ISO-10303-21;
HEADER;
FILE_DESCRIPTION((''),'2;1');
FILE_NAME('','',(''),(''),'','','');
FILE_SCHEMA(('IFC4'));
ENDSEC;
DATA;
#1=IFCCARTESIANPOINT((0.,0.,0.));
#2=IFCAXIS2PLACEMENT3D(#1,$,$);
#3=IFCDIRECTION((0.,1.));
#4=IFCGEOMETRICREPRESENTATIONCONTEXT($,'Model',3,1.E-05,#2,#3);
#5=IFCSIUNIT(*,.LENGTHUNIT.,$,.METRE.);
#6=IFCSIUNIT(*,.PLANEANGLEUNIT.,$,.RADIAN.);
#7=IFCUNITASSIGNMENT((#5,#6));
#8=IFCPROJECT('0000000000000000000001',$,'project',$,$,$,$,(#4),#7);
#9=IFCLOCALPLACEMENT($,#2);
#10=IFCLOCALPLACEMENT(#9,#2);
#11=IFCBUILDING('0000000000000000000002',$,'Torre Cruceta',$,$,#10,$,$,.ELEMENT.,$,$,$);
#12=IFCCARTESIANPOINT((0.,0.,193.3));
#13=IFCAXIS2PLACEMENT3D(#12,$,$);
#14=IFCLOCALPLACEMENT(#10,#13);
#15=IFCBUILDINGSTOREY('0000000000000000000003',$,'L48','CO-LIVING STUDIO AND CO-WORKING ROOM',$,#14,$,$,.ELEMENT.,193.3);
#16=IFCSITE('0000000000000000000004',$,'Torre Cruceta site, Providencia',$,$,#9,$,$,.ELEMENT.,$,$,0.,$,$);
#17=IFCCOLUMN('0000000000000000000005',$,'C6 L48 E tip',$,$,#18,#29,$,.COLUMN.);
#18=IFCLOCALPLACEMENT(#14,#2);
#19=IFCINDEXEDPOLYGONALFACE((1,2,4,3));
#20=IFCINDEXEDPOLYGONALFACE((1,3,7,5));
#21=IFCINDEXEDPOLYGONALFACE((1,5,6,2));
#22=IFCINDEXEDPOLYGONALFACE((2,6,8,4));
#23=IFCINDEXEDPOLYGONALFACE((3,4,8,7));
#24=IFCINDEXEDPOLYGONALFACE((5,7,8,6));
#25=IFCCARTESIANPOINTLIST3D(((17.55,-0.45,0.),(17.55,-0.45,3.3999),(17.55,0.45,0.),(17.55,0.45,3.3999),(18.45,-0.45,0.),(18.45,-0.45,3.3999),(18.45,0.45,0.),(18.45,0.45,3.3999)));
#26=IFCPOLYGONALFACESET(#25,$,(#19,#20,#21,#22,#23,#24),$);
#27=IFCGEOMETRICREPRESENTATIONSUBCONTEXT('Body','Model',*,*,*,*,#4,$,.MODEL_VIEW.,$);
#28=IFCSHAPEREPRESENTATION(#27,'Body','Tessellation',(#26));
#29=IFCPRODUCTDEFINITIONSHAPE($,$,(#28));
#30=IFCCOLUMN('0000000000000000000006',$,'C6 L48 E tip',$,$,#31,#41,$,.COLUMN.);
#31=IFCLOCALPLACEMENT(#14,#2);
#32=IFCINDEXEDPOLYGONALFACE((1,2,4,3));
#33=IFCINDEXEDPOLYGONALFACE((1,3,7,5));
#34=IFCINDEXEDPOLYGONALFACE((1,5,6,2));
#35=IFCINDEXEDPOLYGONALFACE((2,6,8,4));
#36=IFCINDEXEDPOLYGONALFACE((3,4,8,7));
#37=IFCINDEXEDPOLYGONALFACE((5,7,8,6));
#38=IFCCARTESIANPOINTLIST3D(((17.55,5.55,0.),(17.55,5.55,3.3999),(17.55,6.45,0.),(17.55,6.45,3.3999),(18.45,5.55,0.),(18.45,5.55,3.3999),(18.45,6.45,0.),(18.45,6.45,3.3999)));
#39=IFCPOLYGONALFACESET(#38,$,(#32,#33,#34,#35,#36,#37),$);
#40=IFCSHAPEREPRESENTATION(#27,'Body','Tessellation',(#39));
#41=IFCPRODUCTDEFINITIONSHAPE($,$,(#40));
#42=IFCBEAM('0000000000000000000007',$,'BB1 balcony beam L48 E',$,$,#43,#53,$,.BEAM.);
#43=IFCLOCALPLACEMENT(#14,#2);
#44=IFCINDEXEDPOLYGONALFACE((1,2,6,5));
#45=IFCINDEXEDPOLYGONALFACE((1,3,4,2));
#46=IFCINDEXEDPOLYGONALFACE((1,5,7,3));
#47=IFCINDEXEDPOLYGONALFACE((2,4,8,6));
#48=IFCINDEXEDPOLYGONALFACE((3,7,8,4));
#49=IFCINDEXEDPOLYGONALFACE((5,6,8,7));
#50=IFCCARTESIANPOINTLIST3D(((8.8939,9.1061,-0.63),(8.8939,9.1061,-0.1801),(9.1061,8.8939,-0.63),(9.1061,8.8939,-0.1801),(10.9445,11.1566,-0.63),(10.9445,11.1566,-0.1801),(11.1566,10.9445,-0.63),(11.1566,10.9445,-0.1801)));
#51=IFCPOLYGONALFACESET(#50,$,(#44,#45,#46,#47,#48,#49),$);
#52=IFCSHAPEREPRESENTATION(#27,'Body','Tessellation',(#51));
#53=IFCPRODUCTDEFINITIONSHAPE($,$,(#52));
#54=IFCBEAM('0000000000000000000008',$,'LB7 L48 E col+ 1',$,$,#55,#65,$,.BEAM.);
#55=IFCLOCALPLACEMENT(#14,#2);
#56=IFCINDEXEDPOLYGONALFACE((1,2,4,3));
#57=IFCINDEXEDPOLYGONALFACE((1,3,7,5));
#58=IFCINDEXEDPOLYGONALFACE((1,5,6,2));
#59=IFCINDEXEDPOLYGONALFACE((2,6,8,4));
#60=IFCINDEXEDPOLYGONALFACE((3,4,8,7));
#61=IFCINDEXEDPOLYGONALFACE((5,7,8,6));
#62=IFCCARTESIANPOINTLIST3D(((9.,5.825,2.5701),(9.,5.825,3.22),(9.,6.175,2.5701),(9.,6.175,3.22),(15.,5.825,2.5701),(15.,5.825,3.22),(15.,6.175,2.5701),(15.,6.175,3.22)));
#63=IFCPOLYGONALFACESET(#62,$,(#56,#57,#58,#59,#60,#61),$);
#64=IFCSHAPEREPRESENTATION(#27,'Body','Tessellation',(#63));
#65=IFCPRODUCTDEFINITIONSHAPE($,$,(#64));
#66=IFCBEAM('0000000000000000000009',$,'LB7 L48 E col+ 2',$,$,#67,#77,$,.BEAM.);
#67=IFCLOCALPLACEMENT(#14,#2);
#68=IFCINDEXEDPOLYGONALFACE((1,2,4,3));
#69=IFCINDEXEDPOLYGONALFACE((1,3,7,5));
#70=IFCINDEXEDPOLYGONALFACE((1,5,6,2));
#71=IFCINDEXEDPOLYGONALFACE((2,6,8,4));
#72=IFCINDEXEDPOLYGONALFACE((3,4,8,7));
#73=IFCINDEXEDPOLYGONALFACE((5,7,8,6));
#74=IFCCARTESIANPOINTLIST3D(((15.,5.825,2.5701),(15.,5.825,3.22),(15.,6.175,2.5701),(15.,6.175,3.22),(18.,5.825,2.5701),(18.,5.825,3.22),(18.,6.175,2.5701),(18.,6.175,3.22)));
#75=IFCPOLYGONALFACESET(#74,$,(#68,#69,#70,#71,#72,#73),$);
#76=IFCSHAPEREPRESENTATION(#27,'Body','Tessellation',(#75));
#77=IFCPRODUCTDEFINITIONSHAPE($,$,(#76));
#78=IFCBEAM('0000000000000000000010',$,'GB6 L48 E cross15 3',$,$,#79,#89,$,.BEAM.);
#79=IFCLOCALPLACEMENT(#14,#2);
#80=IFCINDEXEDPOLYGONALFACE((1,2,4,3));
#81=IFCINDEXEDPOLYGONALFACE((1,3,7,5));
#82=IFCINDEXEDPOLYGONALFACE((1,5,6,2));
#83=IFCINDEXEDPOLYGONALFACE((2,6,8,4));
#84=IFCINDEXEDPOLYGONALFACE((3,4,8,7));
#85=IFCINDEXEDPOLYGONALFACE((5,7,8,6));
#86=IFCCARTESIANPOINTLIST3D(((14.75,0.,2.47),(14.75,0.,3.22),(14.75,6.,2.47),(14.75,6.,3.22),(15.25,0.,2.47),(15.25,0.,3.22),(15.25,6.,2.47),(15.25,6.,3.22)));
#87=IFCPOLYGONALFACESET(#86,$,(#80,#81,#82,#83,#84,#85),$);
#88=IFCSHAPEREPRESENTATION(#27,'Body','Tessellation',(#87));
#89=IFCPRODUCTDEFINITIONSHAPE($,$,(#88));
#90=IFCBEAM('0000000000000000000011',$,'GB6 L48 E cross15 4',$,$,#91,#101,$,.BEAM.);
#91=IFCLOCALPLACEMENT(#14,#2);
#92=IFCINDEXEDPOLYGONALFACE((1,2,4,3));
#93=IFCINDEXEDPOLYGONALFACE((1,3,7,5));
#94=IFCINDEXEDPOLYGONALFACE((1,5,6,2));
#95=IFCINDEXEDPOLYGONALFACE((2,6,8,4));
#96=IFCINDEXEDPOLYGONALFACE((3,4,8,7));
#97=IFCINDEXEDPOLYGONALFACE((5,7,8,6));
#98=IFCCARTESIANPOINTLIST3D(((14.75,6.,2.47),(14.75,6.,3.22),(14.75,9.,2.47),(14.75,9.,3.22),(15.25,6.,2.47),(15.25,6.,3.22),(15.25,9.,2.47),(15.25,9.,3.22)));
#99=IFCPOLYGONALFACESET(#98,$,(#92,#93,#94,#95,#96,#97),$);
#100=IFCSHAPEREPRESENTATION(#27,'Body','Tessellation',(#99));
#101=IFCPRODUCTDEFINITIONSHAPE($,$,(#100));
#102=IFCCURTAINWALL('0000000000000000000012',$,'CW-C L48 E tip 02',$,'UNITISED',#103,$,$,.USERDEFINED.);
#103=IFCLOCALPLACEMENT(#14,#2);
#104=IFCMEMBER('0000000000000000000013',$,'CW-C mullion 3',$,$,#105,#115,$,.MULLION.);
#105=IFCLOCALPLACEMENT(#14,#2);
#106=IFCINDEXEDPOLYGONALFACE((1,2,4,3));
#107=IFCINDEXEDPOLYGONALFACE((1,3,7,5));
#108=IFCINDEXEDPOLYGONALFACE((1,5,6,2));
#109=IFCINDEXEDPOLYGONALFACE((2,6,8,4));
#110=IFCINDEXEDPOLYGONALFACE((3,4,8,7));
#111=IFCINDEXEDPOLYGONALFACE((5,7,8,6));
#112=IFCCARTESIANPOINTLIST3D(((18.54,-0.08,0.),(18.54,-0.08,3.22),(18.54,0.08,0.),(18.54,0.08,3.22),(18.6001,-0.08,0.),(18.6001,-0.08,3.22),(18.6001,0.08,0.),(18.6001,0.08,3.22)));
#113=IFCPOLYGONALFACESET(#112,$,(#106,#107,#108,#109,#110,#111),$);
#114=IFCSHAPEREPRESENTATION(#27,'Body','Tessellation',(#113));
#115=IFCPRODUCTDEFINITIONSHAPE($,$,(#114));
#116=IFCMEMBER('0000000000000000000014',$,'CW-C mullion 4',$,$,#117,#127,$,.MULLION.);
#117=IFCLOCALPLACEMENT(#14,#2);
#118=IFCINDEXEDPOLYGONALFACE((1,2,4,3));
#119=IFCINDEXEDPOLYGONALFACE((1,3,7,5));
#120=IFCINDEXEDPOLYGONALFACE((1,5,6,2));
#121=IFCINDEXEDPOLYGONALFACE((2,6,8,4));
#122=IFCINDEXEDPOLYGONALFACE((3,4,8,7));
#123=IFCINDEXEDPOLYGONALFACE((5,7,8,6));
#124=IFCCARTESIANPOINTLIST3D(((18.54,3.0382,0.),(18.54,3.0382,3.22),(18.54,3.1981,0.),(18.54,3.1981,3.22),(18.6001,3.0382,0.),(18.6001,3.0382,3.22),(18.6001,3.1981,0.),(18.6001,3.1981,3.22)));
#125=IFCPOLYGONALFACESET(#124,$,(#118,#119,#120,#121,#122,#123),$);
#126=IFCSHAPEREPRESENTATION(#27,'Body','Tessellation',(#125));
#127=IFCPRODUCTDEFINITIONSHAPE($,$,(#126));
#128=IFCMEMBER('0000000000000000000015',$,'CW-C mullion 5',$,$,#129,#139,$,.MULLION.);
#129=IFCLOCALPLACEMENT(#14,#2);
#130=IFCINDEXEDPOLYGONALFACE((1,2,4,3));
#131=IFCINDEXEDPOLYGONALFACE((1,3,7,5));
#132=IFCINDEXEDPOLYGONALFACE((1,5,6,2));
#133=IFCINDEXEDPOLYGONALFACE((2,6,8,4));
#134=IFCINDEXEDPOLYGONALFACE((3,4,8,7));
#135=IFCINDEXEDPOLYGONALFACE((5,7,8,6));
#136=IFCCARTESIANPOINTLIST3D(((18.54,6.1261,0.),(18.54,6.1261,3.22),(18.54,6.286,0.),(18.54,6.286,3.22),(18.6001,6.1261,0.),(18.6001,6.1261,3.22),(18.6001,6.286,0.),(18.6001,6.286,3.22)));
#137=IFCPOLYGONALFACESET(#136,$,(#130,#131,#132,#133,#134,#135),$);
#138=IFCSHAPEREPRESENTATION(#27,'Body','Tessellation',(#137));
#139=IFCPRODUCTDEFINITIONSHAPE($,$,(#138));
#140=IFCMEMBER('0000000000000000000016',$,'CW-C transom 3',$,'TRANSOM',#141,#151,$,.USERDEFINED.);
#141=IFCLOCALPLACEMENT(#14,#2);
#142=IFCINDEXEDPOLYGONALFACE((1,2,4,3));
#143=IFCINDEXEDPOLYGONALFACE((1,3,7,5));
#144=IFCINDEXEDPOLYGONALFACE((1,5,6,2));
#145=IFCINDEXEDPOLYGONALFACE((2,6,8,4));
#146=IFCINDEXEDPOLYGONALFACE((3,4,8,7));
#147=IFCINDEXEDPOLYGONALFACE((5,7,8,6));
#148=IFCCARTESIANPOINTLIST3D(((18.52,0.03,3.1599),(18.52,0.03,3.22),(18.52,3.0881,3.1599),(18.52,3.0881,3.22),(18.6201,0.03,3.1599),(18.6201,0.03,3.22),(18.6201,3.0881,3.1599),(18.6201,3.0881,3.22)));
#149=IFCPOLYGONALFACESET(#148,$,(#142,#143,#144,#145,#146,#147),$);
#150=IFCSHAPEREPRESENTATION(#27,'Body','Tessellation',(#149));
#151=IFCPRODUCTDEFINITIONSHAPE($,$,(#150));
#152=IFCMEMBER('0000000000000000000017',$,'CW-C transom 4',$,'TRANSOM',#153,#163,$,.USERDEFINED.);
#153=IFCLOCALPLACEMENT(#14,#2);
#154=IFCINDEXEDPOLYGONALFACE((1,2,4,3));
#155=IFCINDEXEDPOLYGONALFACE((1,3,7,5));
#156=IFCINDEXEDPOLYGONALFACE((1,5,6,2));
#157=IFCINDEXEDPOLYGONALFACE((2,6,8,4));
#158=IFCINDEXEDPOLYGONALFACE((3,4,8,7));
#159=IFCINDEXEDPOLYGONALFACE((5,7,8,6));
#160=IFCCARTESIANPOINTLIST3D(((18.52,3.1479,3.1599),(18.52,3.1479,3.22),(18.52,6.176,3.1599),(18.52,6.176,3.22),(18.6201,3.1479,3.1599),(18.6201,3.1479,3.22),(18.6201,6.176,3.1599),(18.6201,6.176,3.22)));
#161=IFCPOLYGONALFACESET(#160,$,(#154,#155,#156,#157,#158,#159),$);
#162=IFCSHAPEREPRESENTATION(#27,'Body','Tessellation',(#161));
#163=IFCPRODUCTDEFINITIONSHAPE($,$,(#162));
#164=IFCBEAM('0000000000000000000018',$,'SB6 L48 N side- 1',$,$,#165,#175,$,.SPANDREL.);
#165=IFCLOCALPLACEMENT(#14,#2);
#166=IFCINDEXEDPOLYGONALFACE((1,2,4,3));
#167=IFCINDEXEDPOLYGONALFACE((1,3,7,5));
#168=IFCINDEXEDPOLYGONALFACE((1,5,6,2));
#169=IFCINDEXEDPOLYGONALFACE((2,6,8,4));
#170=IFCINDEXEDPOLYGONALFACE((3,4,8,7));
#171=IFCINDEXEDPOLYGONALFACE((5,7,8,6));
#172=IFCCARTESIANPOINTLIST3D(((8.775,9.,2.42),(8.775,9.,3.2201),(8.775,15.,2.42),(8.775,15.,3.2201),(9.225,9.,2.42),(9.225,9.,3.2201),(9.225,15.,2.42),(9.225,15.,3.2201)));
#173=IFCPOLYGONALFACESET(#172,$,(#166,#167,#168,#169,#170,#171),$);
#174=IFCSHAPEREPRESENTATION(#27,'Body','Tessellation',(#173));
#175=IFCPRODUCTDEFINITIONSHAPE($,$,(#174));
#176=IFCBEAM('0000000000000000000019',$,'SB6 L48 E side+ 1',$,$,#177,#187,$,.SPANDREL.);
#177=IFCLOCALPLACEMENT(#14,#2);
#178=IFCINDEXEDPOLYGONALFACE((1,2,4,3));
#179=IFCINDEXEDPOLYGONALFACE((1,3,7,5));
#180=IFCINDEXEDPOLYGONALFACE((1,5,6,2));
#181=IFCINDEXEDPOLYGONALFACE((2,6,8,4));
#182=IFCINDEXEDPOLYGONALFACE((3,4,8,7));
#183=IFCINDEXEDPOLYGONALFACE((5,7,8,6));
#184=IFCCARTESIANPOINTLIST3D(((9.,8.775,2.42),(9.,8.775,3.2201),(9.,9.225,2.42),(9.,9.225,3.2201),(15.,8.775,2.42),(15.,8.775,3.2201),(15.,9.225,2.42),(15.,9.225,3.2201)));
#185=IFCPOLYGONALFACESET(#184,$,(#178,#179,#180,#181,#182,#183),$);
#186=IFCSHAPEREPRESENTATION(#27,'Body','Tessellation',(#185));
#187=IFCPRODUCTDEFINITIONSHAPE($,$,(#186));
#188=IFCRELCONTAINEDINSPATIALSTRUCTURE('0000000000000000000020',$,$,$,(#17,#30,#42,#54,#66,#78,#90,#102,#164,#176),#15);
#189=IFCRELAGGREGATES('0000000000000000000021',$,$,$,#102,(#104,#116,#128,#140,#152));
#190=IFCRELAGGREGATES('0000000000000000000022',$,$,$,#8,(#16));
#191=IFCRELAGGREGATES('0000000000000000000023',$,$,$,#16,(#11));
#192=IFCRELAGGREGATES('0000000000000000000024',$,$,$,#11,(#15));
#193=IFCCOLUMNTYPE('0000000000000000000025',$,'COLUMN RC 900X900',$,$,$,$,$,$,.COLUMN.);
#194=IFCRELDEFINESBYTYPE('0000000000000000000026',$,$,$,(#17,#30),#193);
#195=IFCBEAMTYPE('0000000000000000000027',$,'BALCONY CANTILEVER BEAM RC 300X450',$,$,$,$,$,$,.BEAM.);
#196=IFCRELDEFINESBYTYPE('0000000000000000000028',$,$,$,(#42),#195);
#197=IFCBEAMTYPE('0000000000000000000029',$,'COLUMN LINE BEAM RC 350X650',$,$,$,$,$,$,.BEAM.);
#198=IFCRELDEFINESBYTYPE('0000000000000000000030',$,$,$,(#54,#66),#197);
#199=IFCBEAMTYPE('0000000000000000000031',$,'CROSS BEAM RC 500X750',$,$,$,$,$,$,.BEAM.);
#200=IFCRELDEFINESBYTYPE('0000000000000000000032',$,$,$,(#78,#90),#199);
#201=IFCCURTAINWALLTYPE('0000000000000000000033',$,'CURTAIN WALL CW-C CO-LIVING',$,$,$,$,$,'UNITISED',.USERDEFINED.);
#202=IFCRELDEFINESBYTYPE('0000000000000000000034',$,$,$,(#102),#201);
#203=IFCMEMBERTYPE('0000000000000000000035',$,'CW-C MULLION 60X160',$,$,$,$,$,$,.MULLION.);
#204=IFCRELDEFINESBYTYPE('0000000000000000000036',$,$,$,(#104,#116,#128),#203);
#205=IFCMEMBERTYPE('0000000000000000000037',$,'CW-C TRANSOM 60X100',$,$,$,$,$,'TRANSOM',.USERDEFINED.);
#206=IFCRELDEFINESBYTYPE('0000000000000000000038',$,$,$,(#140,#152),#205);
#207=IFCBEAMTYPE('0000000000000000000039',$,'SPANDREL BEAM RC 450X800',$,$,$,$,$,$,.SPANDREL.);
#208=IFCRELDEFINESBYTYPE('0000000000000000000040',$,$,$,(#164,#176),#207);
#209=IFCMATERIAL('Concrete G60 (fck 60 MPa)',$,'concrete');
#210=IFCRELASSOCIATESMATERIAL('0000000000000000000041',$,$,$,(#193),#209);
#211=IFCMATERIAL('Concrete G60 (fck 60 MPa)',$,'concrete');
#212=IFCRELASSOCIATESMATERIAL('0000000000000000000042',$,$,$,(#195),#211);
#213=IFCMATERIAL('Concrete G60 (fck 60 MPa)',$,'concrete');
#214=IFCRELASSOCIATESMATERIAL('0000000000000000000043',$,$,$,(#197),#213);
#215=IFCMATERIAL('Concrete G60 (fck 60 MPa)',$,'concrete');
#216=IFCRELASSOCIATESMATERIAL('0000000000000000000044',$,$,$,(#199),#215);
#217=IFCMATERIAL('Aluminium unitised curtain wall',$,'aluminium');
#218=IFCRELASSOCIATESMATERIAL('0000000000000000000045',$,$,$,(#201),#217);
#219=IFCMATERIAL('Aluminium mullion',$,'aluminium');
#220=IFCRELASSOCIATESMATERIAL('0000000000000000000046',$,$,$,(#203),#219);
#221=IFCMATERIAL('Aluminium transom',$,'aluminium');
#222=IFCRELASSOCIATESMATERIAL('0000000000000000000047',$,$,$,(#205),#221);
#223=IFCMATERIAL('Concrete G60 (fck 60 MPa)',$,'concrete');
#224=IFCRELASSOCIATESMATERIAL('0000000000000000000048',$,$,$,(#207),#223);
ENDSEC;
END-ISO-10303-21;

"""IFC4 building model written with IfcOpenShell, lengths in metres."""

from ifc_helpers import new_model, si_unit, direction, frame, origin, origin_2d, place, context, subcontext, project, spatial, rectangle, extrude, material, material_profile, profile_set, type_object, element, aggregate, save


model = new_model("IFC4")

# Units and contexts
model_context = context("Model", 3, precision=1e-05, world=origin(), true_north=direction((0.0, 1.0)))
body_context = subcontext(model_context, "Body", "Model", "MODEL_VIEW")
ifc_project = project(units=[si_unit("LENGTHUNIT", "METRE"), si_unit("PLANEANGLEUNIT", "RADIAN")], contexts=[model_context])

# Site, building, storey
site_placement = place(None, origin())
site = spatial("IfcSite", under=ifc_project, at=site_placement, Name="Torre Cruceta site, Providencia", CompositionType="ELEMENT", RefElevation=0.0)
building_placement = place(site_placement, origin())
building = spatial("IfcBuilding", under=site, at=building_placement, Name="Torre Cruceta", CompositionType="ELEMENT")
storey_placement = place(building_placement, frame((0.0, 0.0, 193.3)))
storey = spatial("IfcBuildingStorey", under=building, at=storey_placement, Name="L48", Description="CO-LIVING STUDIO AND CO-WORKING ROOM", CompositionType="ELEMENT", Elevation=193.3)

# Columns
ifc_material_1 = material(Name="Concrete G60 (fck 60 MPa)", Category="concrete")
ifc_material_profile_1 = material_profile(ifc_material_1, rectangle(XDim=0.8999, YDim=0.8999, at=origin_2d()), Name="RC 900X900")
ifc_profile_set_1 = profile_set([ifc_material_profile_1], Name="Concrete G60 (fck 60 MPa)")
column_type = type_object("IfcColumnType", Name="COLUMN RC 900X900", PredefinedType="COLUMN", material=ifc_profile_set_1)
for number, where, z_axis, x_axis, name in (
    (1, (18.0, 0.0, 0.0), (0.0, 0.0, 1.0), (1.0, 0.0, 0.0), "C6 L48 E tip"),
    (2, (18.0, 6.0, 0.0), (0.0, 0.0, 1.0), (1.0, 0.0, 0.0), "C6 L48 E tip"),
):
    element("IfcColumn", number, at=place(storey_placement, frame(where, z_axis=z_axis, x_axis=x_axis)), inside=storey, type_object=column_type, Name=name, PredefinedType="COLUMN", context=body_context, shape_type="SweptSolid", body=[
        extrude(rectangle(XDim=0.8999, YDim=0.8999, at=origin_2d()), origin(), (0.0, 0.0, 1.0), 3.3999),
    ])

# Beams
ifc_material_2 = material(Name="Concrete G60 (fck 60 MPa)", Category="concrete")
ifc_material_profile_2 = material_profile(ifc_material_2, rectangle(XDim=0.3, YDim=0.45, at=origin_2d()), Name="RC 300X450")
ifc_profile_set_2 = profile_set([ifc_material_profile_2], Name="Concrete G60 (fck 60 MPa)")
beam_type_1 = type_object("IfcBeamType", Name="BALCONY CANTILEVER BEAM RC 300X450", PredefinedType="BEAM", material=ifc_profile_set_2)
beam_1_placement = place(storey_placement, frame((9.0, 9.0, -0.405), z_axis=(0.707107, 0.707107, 0.0), x_axis=(-0.707107, 0.707107, 0.0)))
element("IfcBeam", 3, at=beam_1_placement, inside=storey, type_object=beam_type_1, Name="BB1 balcony beam L48 E", PredefinedType="BEAM", context=body_context, shape_type="SweptSolid", body=[
    extrude(rectangle(XDim=0.3, YDim=0.45, at=origin_2d()), origin(), (0.0, 0.0, 1.0), 2.8999),
])
ifc_material_3 = material(Name="Concrete G60 (fck 60 MPa)", Category="concrete")
ifc_material_profile_3 = material_profile(ifc_material_3, rectangle(XDim=0.3501, YDim=0.6499, at=origin_2d()), Name="RC 350X650")
ifc_profile_set_3 = profile_set([ifc_material_profile_3], Name="Concrete G60 (fck 60 MPa)")
beam_type_2 = type_object("IfcBeamType", Name="COLUMN LINE BEAM RC 350X650", PredefinedType="BEAM", material=ifc_profile_set_3)
beam_2_placement = place(storey_placement, frame((9.0, 6.0, 2.895), z_axis=(1.0, 0.0, 0.0), x_axis=(0.0, 1.0, 0.0)))
element("IfcBeam", 4, at=beam_2_placement, inside=storey, type_object=beam_type_2, Name="LB7 L48 E col+ 1", PredefinedType="BEAM", context=body_context, shape_type="SweptSolid", body=[
    extrude(rectangle(XDim=0.3501, YDim=0.6499, at=origin_2d()), origin(), (0.0, 0.0, 1.0), 6.0),
])
beam_3_placement = place(storey_placement, frame((15.0, 6.0, 2.895), z_axis=(1.0, 0.0, 0.0), x_axis=(0.0, 1.0, 0.0)))
element("IfcBeam", 5, at=beam_3_placement, inside=storey, type_object=beam_type_2, Name="LB7 L48 E col+ 2", PredefinedType="BEAM", context=body_context, shape_type="SweptSolid", body=[
    extrude(rectangle(XDim=0.3501, YDim=0.6499, at=origin_2d()), origin(), (0.0, 0.0, 1.0), 3.0),
])
ifc_material_4 = material(Name="Concrete G60 (fck 60 MPa)", Category="concrete")
ifc_material_profile_4 = material_profile(ifc_material_4, rectangle(XDim=0.5, YDim=0.75, at=origin_2d()), Name="RC 500X750")
ifc_profile_set_4 = profile_set([ifc_material_profile_4], Name="Concrete G60 (fck 60 MPa)")
beam_type_3 = type_object("IfcBeamType", Name="CROSS BEAM RC 500X750", PredefinedType="BEAM", material=ifc_profile_set_4)
beam_4_placement = place(storey_placement, frame((15.0, 0.0, 2.845), z_axis=(0.0, 1.0, 0.0), x_axis=(-1.0, 0.0, 0.0)))
element("IfcBeam", 6, at=beam_4_placement, inside=storey, type_object=beam_type_3, Name="GB6 L48 E cross15 3", PredefinedType="BEAM", context=body_context, shape_type="SweptSolid", body=[
    extrude(rectangle(XDim=0.5, YDim=0.75, at=origin_2d()), origin(), (0.0, 0.0, 1.0), 6.0),
])
beam_5_placement = place(storey_placement, frame((15.0, 6.0, 2.845), z_axis=(0.0, 1.0, 0.0), x_axis=(-1.0, 0.0, 0.0)))
element("IfcBeam", 7, at=beam_5_placement, inside=storey, type_object=beam_type_3, Name="GB6 L48 E cross15 4", PredefinedType="BEAM", context=body_context, shape_type="SweptSolid", body=[
    extrude(rectangle(XDim=0.5, YDim=0.75, at=origin_2d()), origin(), (0.0, 0.0, 1.0), 3.0),
])

# Curtain wall, members
ifc_material_5 = material(Name="Aluminium unitised curtain wall", Category="aluminium")
curtain_wall_type = type_object("IfcCurtainWallType", Name="CURTAIN WALL CW-C CO-LIVING", ElementType="UNITISED", PredefinedType="USERDEFINED", material=ifc_material_5)
curtain_wall_placement = place(storey_placement, origin())
curtain_wall = element("IfcCurtainWall", 8, at=curtain_wall_placement, inside=storey, type_object=curtain_wall_type, Name="CW-C L48 E tip 02", ObjectType="UNITISED", PredefinedType="USERDEFINED")
ifc_material_6 = material(Name="Aluminium mullion", Category="aluminium")
ifc_material_profile_5 = material_profile(ifc_material_6, rectangle(XDim=0.0601, YDim=0.1599, at=origin_2d()), Name="AL 60X160")
ifc_profile_set_5 = profile_set([ifc_material_profile_5], Name="Aluminium mullion")
member_type_1 = type_object("IfcMemberType", Name="CW-C MULLION 60X160", PredefinedType="MULLION", material=ifc_profile_set_5)
member_1_placement = place(storey_placement, frame((18.5701, 0.0, 0.0), z_axis=(0.0, 0.0, 1.0), x_axis=(-1.0, 0.0, 0.0)))
member_1 = element("IfcMember", 9, at=member_1_placement, type_object=member_type_1, Name="CW-C mullion 3", PredefinedType="MULLION", context=body_context, shape_type="SweptSolid", body=[
    extrude(rectangle(XDim=0.0601, YDim=0.1599, at=origin_2d()), origin(), (0.0, 0.0, 1.0), 3.22),
])
member_2_placement = place(storey_placement, frame((18.5701, 3.1182, 0.0), z_axis=(0.0, 0.0, 1.0), x_axis=(-1.0, 0.0, 0.0)))
member_2 = element("IfcMember", 10, at=member_2_placement, type_object=member_type_1, Name="CW-C mullion 4", PredefinedType="MULLION", context=body_context, shape_type="SweptSolid", body=[
    extrude(rectangle(XDim=0.0601, YDim=0.1599, at=origin_2d()), origin(), (0.0, 0.0, 1.0), 3.22),
])
member_3_placement = place(storey_placement, frame((18.5701, 6.2061, 0.0), z_axis=(0.0, 0.0, 1.0), x_axis=(-1.0, 0.0, 0.0)))
member_3 = element("IfcMember", 11, at=member_3_placement, type_object=member_type_1, Name="CW-C mullion 5", PredefinedType="MULLION", context=body_context, shape_type="SweptSolid", body=[
    extrude(rectangle(XDim=0.0601, YDim=0.1599, at=origin_2d()), origin(), (0.0, 0.0, 1.0), 3.22),
])
ifc_material_7 = material(Name="Aluminium transom", Category="aluminium")
ifc_material_profile_6 = material_profile(ifc_material_7, rectangle(XDim=0.1001, YDim=0.0601, at=origin_2d()), Name="AL 100X60")
ifc_profile_set_6 = profile_set([ifc_material_profile_6], Name="Aluminium transom")
member_type_2 = type_object("IfcMemberType", Name="CW-C TRANSOM 60X100", ElementType="TRANSOM", PredefinedType="USERDEFINED", material=ifc_profile_set_6)
member_4_placement = place(storey_placement, frame((18.5701, 0.03, 3.1899), z_axis=(0.0, 1.0, 0.0), x_axis=(-1.0, 0.0, 0.0)))
member_4 = element("IfcMember", 12, at=member_4_placement, type_object=member_type_2, Name="CW-C transom 3", ObjectType="TRANSOM", PredefinedType="USERDEFINED", context=body_context, shape_type="SweptSolid", body=[
    extrude(rectangle(XDim=0.1001, YDim=0.0601, at=origin_2d()), origin(), (0.0, 0.0, 1.0), 3.0581),
])
member_5_placement = place(storey_placement, frame((18.5701, 3.1479, 3.1899), z_axis=(0.0, 1.0, 0.0), x_axis=(-1.0, 0.0, 0.0)))
member_5 = element("IfcMember", 13, at=member_5_placement, type_object=member_type_2, Name="CW-C transom 4", ObjectType="TRANSOM", PredefinedType="USERDEFINED", context=body_context, shape_type="SweptSolid", body=[
    extrude(rectangle(XDim=0.1001, YDim=0.0601, at=origin_2d()), origin(), (0.0, 0.0, 1.0), 3.0281),
])

# Beams
ifc_material_8 = material(Name="Concrete G60 (fck 60 MPa)", Category="concrete")
ifc_material_profile_7 = material_profile(ifc_material_8, rectangle(XDim=0.45, YDim=0.8, at=origin_2d()), Name="RC 450X800")
ifc_profile_set_7 = profile_set([ifc_material_profile_7], Name="Concrete G60 (fck 60 MPa)")
beam_type_4 = type_object("IfcBeamType", Name="SPANDREL BEAM RC 450X800", PredefinedType="SPANDREL", material=ifc_profile_set_7)
for number, where, z_axis, x_axis, name in (
    (14, (9.0, 9.0, 2.8201), (0.0, 1.0, 0.0), (-1.0, 0.0, 0.0), "SB6 L48 N side- 1"),
    (15, (9.0, 9.0, 2.8201), (1.0, 0.0, 0.0), (0.0, 1.0, 0.0), "SB6 L48 E side+ 1"),
):
    element("IfcBeam", number, at=place(storey_placement, frame(where, z_axis=z_axis, x_axis=x_axis)), inside=storey, type_object=beam_type_4, Name=name, PredefinedType="SPANDREL", context=body_context, shape_type="SweptSolid", body=[
        extrude(rectangle(XDim=0.45, YDim=0.8, at=origin_2d()), origin(), (0.0, 0.0, 1.0), 6.0),
    ])

aggregate(curtain_wall, [member_1, member_2, member_3, member_4, member_5])

save(model, "model.ifc")
